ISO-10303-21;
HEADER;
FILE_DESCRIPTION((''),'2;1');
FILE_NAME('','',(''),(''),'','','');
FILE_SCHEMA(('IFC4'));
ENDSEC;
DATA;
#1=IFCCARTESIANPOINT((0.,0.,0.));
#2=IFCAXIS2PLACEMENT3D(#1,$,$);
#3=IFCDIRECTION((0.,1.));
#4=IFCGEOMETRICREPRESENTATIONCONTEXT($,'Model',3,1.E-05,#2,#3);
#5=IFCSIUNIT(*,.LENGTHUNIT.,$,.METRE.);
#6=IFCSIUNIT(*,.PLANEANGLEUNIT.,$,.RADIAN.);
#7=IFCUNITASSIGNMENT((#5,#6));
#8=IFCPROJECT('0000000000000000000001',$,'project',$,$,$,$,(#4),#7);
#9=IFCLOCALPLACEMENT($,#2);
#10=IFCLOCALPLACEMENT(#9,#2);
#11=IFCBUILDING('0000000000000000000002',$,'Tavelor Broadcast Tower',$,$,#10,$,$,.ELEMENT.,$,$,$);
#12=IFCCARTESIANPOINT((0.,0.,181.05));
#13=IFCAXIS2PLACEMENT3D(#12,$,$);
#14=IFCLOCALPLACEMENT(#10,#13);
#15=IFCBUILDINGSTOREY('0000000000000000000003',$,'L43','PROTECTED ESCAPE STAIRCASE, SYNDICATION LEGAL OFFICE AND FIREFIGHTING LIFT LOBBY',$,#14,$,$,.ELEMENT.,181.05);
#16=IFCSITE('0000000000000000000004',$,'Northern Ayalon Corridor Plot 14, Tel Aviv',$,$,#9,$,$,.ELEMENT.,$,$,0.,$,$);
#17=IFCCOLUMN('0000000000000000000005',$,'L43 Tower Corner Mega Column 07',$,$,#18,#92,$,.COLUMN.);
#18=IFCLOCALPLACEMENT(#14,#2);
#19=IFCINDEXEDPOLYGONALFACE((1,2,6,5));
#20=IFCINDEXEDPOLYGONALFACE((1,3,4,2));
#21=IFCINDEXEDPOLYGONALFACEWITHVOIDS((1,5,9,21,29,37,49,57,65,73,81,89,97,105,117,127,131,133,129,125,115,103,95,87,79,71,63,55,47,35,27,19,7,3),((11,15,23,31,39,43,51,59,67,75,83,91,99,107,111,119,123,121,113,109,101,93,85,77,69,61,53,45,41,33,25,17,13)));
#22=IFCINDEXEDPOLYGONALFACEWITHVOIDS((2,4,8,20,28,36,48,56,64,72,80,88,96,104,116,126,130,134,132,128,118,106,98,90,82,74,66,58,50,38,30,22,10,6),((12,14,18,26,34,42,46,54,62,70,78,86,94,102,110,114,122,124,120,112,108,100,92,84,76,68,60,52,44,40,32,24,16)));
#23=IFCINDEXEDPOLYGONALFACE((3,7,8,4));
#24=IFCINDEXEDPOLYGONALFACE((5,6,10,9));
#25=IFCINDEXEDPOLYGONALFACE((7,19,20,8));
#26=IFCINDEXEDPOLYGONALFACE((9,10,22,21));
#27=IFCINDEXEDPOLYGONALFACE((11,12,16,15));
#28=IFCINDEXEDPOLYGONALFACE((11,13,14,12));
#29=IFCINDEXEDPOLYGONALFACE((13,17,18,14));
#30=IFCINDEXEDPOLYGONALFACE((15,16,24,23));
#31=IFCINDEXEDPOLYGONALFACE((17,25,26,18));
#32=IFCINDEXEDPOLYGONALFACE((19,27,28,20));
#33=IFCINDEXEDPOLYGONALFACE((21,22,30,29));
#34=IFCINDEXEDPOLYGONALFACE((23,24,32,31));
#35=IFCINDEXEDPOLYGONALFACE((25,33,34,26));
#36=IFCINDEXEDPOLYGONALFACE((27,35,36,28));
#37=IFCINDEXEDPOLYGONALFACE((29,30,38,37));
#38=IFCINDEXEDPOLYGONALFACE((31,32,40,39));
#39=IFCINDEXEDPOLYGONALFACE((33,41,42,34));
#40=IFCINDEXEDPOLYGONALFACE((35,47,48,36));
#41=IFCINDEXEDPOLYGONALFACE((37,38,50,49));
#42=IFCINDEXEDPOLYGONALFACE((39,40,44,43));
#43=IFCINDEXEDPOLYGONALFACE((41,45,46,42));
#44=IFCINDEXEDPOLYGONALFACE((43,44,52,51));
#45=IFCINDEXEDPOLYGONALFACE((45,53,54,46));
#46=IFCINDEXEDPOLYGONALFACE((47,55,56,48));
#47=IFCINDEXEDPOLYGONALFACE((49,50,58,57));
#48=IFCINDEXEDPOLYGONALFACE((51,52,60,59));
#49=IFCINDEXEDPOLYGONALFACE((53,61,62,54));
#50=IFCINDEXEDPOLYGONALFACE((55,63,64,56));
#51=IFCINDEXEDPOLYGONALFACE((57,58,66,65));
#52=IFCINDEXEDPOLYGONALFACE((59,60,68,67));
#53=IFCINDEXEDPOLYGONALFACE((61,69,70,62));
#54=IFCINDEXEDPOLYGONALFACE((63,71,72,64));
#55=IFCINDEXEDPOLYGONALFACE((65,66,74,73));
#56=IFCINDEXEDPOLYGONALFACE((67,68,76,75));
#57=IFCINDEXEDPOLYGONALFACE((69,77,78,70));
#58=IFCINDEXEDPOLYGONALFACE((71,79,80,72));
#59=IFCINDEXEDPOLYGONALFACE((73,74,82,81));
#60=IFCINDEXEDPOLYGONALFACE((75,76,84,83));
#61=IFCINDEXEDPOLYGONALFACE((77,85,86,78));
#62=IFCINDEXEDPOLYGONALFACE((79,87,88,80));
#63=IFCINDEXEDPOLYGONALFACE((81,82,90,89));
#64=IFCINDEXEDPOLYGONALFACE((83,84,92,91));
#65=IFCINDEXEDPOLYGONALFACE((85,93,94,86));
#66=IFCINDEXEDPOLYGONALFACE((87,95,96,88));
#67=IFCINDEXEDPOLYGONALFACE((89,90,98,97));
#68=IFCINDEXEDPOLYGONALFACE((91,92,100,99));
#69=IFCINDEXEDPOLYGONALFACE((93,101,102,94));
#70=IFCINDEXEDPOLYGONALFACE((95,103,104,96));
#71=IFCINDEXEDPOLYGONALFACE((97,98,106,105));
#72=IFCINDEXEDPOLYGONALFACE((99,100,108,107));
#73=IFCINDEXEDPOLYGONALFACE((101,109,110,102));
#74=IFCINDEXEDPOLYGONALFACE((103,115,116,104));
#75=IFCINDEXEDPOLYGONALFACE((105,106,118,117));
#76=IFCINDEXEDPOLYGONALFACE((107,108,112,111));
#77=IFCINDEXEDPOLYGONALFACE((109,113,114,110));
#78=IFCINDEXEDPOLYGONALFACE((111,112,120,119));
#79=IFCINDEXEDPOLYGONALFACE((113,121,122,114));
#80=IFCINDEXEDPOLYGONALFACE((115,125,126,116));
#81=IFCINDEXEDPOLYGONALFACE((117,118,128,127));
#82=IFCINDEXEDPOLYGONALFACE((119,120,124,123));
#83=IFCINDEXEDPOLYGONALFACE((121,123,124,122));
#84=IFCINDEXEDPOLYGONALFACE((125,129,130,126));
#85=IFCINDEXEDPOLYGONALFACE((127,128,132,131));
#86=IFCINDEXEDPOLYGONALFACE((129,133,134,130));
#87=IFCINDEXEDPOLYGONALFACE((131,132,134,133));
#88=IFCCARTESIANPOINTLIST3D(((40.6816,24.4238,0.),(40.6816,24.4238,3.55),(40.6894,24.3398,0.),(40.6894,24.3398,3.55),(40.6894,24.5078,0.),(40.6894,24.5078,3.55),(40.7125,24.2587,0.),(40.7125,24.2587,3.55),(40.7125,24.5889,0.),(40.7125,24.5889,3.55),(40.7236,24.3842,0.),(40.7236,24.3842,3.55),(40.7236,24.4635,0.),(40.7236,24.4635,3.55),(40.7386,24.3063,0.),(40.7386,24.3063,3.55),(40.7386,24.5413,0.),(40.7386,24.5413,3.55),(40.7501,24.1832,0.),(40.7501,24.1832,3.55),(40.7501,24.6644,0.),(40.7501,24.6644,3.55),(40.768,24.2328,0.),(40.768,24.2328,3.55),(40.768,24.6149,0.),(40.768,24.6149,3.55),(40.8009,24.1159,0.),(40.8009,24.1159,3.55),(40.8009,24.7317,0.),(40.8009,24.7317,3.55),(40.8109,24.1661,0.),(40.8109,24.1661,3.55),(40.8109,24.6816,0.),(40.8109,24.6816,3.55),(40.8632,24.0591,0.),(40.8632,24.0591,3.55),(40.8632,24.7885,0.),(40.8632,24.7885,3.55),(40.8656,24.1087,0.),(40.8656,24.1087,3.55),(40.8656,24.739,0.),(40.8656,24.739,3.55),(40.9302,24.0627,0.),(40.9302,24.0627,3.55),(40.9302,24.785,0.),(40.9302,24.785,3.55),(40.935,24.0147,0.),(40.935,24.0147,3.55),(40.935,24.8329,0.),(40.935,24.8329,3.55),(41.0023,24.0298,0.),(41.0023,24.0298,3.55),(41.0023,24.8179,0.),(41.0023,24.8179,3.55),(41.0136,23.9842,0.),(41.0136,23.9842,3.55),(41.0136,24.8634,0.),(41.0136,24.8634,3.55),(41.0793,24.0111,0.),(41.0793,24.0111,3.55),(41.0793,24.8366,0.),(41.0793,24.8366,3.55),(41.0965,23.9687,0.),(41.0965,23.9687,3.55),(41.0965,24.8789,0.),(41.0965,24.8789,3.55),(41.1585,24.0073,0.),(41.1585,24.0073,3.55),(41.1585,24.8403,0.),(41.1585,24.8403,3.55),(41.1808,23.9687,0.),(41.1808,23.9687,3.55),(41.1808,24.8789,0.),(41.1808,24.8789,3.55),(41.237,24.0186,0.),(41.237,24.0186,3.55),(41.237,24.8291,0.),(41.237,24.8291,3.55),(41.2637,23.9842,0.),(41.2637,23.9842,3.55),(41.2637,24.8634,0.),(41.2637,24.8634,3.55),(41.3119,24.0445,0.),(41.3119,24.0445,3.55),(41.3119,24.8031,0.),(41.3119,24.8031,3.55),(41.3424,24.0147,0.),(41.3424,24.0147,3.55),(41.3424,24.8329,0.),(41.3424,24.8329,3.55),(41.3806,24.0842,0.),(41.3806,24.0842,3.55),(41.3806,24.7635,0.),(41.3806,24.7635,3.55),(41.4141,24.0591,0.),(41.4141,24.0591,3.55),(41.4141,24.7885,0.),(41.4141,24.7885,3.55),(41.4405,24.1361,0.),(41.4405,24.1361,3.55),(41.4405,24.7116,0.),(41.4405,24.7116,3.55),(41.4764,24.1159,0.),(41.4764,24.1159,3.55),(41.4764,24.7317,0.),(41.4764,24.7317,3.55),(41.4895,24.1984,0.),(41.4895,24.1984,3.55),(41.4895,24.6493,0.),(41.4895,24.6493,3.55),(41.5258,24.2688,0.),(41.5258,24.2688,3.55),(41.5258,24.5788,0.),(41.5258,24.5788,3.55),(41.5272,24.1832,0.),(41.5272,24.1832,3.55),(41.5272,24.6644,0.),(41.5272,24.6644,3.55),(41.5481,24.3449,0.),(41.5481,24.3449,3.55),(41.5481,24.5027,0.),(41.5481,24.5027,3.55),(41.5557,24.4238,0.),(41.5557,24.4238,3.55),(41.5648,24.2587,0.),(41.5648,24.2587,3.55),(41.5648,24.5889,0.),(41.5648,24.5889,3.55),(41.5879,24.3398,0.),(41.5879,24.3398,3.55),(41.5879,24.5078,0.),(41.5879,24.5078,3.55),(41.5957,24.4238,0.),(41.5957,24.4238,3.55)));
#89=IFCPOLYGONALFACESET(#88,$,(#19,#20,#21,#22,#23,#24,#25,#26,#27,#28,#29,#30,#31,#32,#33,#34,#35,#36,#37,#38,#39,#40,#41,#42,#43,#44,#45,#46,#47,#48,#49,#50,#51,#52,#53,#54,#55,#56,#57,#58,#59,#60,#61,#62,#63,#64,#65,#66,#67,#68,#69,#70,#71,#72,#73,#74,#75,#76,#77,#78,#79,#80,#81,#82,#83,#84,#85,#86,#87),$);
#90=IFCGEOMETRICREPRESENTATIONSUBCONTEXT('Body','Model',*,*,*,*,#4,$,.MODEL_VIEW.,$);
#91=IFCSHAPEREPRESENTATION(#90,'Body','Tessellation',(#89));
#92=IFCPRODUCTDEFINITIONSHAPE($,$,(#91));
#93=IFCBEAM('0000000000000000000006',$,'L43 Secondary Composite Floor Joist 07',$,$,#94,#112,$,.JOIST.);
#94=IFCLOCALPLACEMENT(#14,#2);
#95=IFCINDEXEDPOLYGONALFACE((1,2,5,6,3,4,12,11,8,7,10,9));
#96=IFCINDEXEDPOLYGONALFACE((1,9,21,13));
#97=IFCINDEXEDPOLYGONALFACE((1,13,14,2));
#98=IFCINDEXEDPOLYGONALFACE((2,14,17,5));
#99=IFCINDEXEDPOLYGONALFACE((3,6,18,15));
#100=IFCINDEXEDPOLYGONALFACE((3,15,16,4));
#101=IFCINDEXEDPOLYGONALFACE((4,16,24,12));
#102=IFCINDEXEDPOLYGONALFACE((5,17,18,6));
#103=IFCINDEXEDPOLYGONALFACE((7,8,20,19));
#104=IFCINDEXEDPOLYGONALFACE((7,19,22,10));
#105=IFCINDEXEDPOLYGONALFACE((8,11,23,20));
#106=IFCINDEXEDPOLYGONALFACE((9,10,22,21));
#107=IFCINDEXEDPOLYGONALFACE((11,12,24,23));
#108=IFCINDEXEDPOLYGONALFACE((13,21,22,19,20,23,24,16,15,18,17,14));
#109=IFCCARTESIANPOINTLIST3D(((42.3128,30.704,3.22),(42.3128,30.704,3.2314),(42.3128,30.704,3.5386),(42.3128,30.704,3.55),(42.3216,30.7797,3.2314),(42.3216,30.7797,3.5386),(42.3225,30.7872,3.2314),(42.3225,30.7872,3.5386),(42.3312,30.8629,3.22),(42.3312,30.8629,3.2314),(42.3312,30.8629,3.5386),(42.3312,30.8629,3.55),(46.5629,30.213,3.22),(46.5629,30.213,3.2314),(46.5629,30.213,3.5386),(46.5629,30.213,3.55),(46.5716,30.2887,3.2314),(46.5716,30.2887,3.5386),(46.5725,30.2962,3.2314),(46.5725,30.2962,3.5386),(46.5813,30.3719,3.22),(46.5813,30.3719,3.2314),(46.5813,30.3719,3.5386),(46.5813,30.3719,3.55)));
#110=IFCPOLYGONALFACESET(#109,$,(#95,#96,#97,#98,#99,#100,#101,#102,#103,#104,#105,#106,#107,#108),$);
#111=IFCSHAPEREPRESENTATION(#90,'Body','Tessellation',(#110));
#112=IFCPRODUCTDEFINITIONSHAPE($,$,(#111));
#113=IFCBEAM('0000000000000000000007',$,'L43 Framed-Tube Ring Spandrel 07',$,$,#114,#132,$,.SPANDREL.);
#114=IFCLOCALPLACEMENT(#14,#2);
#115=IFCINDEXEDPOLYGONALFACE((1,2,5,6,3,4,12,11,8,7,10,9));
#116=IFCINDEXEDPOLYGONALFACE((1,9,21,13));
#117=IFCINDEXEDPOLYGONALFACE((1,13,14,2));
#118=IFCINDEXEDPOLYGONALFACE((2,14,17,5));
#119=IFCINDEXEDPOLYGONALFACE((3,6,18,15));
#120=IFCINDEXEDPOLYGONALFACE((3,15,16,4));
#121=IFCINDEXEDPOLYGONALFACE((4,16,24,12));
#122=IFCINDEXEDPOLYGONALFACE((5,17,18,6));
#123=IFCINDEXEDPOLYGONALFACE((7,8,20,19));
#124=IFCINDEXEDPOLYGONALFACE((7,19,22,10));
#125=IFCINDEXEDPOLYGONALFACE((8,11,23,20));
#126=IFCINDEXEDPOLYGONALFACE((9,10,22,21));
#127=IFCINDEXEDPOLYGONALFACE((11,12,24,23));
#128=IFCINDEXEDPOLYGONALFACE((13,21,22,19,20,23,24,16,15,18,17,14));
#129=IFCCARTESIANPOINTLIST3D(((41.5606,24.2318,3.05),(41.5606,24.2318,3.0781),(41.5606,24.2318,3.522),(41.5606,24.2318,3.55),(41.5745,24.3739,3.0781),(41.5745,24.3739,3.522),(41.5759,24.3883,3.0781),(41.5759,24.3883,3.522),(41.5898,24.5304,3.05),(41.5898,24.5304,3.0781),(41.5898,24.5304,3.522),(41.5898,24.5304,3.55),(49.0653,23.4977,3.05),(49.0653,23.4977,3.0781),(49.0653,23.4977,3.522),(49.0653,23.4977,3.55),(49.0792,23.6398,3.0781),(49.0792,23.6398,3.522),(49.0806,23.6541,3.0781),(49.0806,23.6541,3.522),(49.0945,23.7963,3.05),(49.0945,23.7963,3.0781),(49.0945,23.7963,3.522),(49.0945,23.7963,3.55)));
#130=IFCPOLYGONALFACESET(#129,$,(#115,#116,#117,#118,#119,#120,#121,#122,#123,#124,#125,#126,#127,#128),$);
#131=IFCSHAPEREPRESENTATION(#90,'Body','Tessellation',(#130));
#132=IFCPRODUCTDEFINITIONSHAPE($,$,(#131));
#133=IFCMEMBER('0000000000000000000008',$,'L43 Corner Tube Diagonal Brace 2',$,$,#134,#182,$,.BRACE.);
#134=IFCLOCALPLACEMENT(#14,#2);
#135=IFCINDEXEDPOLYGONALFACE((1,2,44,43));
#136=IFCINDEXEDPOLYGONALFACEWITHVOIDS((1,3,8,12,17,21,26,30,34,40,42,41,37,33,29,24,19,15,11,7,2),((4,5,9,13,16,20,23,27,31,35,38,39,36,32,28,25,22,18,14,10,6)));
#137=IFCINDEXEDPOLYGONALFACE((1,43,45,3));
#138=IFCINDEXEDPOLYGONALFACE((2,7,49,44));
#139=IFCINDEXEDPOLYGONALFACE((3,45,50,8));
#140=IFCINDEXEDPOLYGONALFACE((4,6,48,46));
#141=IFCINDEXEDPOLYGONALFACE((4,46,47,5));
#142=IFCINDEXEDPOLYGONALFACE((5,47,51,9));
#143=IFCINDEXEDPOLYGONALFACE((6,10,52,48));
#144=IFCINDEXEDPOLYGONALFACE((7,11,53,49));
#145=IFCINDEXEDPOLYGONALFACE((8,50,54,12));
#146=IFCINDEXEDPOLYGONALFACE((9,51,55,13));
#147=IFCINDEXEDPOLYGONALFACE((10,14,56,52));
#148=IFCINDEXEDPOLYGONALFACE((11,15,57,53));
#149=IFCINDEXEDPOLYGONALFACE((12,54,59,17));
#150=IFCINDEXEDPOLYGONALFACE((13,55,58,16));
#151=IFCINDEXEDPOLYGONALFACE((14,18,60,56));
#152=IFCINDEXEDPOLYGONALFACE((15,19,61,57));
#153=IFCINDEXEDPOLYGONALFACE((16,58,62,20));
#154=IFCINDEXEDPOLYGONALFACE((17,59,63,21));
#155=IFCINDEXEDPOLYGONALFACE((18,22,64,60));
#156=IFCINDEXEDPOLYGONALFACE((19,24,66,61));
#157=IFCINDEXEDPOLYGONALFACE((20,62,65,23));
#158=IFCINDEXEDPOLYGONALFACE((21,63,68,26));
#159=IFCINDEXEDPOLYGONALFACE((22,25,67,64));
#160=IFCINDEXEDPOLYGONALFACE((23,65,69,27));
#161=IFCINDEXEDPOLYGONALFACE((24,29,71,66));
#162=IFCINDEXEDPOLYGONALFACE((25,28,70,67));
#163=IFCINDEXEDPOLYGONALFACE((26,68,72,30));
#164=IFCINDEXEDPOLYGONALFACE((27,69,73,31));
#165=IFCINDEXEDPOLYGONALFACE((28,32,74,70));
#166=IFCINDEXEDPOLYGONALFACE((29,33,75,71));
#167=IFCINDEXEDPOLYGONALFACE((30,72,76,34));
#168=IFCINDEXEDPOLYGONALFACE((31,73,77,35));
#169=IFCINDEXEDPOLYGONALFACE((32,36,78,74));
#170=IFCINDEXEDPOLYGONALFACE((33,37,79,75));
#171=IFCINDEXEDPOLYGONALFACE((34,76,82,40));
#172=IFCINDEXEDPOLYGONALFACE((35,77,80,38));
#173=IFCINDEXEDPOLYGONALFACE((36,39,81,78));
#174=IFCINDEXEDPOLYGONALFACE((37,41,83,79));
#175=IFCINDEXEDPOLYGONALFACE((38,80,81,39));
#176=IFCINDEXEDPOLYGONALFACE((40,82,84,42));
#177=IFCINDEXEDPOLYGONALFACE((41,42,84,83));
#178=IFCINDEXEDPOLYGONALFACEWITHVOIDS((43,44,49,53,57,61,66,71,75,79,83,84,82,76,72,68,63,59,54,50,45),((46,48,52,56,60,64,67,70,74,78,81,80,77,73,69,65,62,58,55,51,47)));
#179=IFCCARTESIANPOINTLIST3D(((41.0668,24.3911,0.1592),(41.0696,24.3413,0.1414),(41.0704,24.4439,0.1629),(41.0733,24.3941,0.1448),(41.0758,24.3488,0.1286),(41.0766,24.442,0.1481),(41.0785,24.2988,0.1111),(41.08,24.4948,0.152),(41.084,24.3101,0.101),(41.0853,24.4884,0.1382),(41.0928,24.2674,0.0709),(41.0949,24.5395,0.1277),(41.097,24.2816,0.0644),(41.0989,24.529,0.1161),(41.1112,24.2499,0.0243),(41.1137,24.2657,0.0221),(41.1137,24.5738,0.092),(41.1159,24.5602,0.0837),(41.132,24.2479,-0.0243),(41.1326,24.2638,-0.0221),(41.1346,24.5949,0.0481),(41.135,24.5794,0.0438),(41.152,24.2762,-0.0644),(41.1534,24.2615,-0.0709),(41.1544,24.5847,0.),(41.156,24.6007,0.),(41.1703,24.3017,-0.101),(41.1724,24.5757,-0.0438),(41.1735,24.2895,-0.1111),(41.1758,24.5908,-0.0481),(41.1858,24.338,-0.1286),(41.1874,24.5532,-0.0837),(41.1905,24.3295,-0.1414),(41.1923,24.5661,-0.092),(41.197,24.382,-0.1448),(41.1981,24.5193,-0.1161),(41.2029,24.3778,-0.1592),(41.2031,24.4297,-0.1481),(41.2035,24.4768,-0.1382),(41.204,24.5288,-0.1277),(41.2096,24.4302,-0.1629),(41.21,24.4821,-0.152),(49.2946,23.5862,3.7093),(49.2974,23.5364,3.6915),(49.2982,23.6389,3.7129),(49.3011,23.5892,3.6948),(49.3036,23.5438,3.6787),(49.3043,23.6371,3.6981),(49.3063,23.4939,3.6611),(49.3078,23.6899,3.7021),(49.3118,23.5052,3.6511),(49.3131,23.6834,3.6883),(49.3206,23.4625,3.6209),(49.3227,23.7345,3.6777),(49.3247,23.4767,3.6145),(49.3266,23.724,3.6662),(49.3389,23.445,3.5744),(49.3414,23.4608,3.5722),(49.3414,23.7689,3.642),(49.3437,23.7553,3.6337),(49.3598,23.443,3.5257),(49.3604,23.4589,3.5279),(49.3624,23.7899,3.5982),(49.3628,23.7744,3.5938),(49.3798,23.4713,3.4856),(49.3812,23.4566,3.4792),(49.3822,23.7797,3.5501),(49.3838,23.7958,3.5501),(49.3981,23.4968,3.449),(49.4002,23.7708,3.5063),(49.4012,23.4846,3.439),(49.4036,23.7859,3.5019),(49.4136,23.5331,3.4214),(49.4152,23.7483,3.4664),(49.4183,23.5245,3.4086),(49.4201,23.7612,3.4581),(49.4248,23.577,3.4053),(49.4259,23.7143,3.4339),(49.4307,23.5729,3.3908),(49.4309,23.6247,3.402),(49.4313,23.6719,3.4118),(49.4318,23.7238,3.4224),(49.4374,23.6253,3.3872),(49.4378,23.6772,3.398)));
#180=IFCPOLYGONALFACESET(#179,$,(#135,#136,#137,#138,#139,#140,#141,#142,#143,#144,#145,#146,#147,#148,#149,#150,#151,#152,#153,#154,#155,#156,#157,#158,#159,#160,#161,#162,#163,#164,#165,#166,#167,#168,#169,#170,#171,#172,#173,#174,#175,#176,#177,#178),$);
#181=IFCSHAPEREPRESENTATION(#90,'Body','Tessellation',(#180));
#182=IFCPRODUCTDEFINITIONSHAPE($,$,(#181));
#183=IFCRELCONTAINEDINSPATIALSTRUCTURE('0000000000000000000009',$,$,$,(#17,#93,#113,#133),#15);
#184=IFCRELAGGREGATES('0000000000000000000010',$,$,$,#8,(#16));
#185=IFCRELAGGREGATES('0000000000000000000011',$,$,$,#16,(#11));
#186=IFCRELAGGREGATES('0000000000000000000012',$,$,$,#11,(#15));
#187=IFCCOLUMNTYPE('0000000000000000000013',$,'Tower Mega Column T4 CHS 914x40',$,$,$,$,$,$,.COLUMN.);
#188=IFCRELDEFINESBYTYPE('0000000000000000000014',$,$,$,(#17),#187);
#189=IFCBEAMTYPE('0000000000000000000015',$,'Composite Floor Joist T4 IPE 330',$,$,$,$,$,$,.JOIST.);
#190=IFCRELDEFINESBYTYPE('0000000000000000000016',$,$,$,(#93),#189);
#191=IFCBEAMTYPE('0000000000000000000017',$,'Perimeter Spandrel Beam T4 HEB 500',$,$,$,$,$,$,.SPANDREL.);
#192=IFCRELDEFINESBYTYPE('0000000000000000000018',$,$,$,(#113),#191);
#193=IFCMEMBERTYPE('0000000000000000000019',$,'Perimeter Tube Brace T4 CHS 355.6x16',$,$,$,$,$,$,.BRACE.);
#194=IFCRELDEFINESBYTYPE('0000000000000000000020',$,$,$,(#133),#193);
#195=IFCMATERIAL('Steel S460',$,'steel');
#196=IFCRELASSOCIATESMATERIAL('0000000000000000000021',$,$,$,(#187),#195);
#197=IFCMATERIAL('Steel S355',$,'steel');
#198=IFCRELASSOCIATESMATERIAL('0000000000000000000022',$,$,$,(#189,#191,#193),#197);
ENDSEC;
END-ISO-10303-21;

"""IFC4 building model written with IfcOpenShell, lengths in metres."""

from ifc_helpers import new_model, si_unit, direction, frame, origin, origin_2d, place, context, subcontext, project, spatial, hollow_circle, i_section, extrude, material, material_profile, profile_set, type_object, element, save


model = new_model("IFC4")

# Units and contexts
model_context = context("Model", 3, precision=1e-05, world=origin(), true_north=direction((0.0, 1.0)))
body_context = subcontext(model_context, "Body", "Model", "MODEL_VIEW")
ifc_project = project(units=[si_unit("LENGTHUNIT", "METRE"), si_unit("PLANEANGLEUNIT", "RADIAN")], contexts=[model_context])

# Site, building, storey
site_placement = place(None, origin())
site = spatial("IfcSite", under=ifc_project, at=site_placement, Name="Northern Ayalon Corridor Plot 14, Tel Aviv", CompositionType="ELEMENT", RefElevation=0.0)
building_placement = place(site_placement, origin())
building = spatial("IfcBuilding", under=site, at=building_placement, Name="Tavelor Broadcast Tower", CompositionType="ELEMENT")
storey_placement = place(building_placement, frame((0.0, 0.0, 181.05)))
storey = spatial("IfcBuildingStorey", under=building, at=storey_placement, Name="L43", Description="PROTECTED ESCAPE STAIRCASE, SYNDICATION LEGAL OFFICE AND FIREFIGHTING LIFT LOBBY", CompositionType="ELEMENT", Elevation=181.05)

# Column
ifc_material_1 = material(Name="Steel S460", Category="steel")
ifc_material_profile_1 = material_profile(ifc_material_1, hollow_circle(Radius=0.457, WallThickness=0.04, at=origin_2d()), Name="CHS 914x40")
ifc_profile_set_1 = profile_set([ifc_material_profile_1], Name="Steel S460")
column_type = type_object("IfcColumnType", Name="Tower Mega Column T4 CHS 914x40", PredefinedType="COLUMN", material=ifc_profile_set_1)
column_placement = place(storey_placement, frame((41.1387, 24.4238, 0.0), z_axis=(0.0, 0.0, 1.0), x_axis=(1.0, 0.0, 0.0)))
element("IfcColumn", 1, at=column_placement, inside=storey, type_object=column_type, Name="L43 Tower Corner Mega Column 07", PredefinedType="COLUMN", context=body_context, shape_type="SweptSolid", body=[
    extrude(hollow_circle(Radius=0.457, WallThickness=0.04, at=origin_2d()), origin(), (0.0, 0.0, 1.0), 3.55),
])

# Beams
ifc_material_2 = material(Name="Steel S355", Category="steel")
ifc_material_profile_2 = material_profile(ifc_material_2, i_section(OverallWidth=0.1599, OverallDepth=0.3301, WebThickness=0.0076, FlangeThickness=0.0115, at=origin_2d()), Name="IPE 330")
ifc_profile_set_2 = profile_set([ifc_material_profile_2], Name="Steel S355")
beam_type_1 = type_object("IfcBeamType", Name="Composite Floor Joist T4 IPE 330", PredefinedType="JOIST", material=ifc_profile_set_2)
beam_1_placement = place(storey_placement, frame((42.322, 30.7834, 3.385), z_axis=(0.993393, -0.114758, 0.0), x_axis=(0.114758, 0.993393, 0.0)))
element("IfcBeam", 2, at=beam_1_placement, inside=storey, type_object=beam_type_1, Name="L43 Secondary Composite Floor Joist 07", PredefinedType="JOIST", context=body_context, shape_type="SweptSolid", body=[
    extrude(i_section(OverallWidth=0.1599, OverallDepth=0.3301, WebThickness=0.0076, FlangeThickness=0.0115, at=origin_2d()), origin(), (0.0, 0.0, 1.0), 4.2783),
])
ifc_material_profile_3 = material_profile(ifc_material_2, i_section(OverallWidth=0.3, OverallDepth=0.5, WebThickness=0.0144, FlangeThickness=0.0281, at=origin_2d()), Name="HEB 500")
ifc_profile_set_3 = profile_set([ifc_material_profile_3], Name="Steel S355")
beam_type_2 = type_object("IfcBeamType", Name="Perimeter Spandrel Beam T4 HEB 500", PredefinedType="SPANDREL", material=ifc_profile_set_3)
beam_2_placement = place(storey_placement, frame((41.5752, 24.3811, 3.3), z_axis=(0.995249, -0.097359, 0.0), x_axis=(0.097359, 0.995249, 0.0)))
element("IfcBeam", 3, at=beam_2_placement, inside=storey, type_object=beam_type_2, Name="L43 Framed-Tube Ring Spandrel 07", PredefinedType="SPANDREL", context=body_context, shape_type="SweptSolid", body=[
    extrude(i_section(OverallWidth=0.3, OverallDepth=0.5, WebThickness=0.0144, FlangeThickness=0.0281, at=origin_2d()), origin(), (0.0, 0.0, 1.0), 7.5405),
])

# Member
ifc_material_profile_4 = material_profile(ifc_material_2, hollow_circle(Radius=0.1777, WallThickness=0.0161, at=origin_2d()), Name="CHS 355.6x16")
ifc_profile_set_4 = profile_set([ifc_material_profile_4], Name="Steel S355")
member_type_1 = type_object("IfcMemberType", Name="Perimeter Tube Brace T4 CHS 355.6x16", PredefinedType="BRACE", material=ifc_profile_set_4)
member_1_placement = place(storey_placement, frame((41.1387, 24.4238, 0.0), z_axis=(0.914496, -0.089466, 0.394579), x_axis=(0.097366, 0.995249, 0.0)))
element("IfcMember", 4, at=member_1_placement, inside=storey, type_object=member_type_1, Name="L43 Corner Tube Diagonal Brace 2", PredefinedType="BRACE", context=body_context, shape_type="SweptSolid", body=[
    extrude(hollow_circle(Radius=0.1777, WallThickness=0.0161, at=origin_2d()), origin(), (0.0, 0.0, 1.0), 8.9971),
])

save(model, "model.ifc")
